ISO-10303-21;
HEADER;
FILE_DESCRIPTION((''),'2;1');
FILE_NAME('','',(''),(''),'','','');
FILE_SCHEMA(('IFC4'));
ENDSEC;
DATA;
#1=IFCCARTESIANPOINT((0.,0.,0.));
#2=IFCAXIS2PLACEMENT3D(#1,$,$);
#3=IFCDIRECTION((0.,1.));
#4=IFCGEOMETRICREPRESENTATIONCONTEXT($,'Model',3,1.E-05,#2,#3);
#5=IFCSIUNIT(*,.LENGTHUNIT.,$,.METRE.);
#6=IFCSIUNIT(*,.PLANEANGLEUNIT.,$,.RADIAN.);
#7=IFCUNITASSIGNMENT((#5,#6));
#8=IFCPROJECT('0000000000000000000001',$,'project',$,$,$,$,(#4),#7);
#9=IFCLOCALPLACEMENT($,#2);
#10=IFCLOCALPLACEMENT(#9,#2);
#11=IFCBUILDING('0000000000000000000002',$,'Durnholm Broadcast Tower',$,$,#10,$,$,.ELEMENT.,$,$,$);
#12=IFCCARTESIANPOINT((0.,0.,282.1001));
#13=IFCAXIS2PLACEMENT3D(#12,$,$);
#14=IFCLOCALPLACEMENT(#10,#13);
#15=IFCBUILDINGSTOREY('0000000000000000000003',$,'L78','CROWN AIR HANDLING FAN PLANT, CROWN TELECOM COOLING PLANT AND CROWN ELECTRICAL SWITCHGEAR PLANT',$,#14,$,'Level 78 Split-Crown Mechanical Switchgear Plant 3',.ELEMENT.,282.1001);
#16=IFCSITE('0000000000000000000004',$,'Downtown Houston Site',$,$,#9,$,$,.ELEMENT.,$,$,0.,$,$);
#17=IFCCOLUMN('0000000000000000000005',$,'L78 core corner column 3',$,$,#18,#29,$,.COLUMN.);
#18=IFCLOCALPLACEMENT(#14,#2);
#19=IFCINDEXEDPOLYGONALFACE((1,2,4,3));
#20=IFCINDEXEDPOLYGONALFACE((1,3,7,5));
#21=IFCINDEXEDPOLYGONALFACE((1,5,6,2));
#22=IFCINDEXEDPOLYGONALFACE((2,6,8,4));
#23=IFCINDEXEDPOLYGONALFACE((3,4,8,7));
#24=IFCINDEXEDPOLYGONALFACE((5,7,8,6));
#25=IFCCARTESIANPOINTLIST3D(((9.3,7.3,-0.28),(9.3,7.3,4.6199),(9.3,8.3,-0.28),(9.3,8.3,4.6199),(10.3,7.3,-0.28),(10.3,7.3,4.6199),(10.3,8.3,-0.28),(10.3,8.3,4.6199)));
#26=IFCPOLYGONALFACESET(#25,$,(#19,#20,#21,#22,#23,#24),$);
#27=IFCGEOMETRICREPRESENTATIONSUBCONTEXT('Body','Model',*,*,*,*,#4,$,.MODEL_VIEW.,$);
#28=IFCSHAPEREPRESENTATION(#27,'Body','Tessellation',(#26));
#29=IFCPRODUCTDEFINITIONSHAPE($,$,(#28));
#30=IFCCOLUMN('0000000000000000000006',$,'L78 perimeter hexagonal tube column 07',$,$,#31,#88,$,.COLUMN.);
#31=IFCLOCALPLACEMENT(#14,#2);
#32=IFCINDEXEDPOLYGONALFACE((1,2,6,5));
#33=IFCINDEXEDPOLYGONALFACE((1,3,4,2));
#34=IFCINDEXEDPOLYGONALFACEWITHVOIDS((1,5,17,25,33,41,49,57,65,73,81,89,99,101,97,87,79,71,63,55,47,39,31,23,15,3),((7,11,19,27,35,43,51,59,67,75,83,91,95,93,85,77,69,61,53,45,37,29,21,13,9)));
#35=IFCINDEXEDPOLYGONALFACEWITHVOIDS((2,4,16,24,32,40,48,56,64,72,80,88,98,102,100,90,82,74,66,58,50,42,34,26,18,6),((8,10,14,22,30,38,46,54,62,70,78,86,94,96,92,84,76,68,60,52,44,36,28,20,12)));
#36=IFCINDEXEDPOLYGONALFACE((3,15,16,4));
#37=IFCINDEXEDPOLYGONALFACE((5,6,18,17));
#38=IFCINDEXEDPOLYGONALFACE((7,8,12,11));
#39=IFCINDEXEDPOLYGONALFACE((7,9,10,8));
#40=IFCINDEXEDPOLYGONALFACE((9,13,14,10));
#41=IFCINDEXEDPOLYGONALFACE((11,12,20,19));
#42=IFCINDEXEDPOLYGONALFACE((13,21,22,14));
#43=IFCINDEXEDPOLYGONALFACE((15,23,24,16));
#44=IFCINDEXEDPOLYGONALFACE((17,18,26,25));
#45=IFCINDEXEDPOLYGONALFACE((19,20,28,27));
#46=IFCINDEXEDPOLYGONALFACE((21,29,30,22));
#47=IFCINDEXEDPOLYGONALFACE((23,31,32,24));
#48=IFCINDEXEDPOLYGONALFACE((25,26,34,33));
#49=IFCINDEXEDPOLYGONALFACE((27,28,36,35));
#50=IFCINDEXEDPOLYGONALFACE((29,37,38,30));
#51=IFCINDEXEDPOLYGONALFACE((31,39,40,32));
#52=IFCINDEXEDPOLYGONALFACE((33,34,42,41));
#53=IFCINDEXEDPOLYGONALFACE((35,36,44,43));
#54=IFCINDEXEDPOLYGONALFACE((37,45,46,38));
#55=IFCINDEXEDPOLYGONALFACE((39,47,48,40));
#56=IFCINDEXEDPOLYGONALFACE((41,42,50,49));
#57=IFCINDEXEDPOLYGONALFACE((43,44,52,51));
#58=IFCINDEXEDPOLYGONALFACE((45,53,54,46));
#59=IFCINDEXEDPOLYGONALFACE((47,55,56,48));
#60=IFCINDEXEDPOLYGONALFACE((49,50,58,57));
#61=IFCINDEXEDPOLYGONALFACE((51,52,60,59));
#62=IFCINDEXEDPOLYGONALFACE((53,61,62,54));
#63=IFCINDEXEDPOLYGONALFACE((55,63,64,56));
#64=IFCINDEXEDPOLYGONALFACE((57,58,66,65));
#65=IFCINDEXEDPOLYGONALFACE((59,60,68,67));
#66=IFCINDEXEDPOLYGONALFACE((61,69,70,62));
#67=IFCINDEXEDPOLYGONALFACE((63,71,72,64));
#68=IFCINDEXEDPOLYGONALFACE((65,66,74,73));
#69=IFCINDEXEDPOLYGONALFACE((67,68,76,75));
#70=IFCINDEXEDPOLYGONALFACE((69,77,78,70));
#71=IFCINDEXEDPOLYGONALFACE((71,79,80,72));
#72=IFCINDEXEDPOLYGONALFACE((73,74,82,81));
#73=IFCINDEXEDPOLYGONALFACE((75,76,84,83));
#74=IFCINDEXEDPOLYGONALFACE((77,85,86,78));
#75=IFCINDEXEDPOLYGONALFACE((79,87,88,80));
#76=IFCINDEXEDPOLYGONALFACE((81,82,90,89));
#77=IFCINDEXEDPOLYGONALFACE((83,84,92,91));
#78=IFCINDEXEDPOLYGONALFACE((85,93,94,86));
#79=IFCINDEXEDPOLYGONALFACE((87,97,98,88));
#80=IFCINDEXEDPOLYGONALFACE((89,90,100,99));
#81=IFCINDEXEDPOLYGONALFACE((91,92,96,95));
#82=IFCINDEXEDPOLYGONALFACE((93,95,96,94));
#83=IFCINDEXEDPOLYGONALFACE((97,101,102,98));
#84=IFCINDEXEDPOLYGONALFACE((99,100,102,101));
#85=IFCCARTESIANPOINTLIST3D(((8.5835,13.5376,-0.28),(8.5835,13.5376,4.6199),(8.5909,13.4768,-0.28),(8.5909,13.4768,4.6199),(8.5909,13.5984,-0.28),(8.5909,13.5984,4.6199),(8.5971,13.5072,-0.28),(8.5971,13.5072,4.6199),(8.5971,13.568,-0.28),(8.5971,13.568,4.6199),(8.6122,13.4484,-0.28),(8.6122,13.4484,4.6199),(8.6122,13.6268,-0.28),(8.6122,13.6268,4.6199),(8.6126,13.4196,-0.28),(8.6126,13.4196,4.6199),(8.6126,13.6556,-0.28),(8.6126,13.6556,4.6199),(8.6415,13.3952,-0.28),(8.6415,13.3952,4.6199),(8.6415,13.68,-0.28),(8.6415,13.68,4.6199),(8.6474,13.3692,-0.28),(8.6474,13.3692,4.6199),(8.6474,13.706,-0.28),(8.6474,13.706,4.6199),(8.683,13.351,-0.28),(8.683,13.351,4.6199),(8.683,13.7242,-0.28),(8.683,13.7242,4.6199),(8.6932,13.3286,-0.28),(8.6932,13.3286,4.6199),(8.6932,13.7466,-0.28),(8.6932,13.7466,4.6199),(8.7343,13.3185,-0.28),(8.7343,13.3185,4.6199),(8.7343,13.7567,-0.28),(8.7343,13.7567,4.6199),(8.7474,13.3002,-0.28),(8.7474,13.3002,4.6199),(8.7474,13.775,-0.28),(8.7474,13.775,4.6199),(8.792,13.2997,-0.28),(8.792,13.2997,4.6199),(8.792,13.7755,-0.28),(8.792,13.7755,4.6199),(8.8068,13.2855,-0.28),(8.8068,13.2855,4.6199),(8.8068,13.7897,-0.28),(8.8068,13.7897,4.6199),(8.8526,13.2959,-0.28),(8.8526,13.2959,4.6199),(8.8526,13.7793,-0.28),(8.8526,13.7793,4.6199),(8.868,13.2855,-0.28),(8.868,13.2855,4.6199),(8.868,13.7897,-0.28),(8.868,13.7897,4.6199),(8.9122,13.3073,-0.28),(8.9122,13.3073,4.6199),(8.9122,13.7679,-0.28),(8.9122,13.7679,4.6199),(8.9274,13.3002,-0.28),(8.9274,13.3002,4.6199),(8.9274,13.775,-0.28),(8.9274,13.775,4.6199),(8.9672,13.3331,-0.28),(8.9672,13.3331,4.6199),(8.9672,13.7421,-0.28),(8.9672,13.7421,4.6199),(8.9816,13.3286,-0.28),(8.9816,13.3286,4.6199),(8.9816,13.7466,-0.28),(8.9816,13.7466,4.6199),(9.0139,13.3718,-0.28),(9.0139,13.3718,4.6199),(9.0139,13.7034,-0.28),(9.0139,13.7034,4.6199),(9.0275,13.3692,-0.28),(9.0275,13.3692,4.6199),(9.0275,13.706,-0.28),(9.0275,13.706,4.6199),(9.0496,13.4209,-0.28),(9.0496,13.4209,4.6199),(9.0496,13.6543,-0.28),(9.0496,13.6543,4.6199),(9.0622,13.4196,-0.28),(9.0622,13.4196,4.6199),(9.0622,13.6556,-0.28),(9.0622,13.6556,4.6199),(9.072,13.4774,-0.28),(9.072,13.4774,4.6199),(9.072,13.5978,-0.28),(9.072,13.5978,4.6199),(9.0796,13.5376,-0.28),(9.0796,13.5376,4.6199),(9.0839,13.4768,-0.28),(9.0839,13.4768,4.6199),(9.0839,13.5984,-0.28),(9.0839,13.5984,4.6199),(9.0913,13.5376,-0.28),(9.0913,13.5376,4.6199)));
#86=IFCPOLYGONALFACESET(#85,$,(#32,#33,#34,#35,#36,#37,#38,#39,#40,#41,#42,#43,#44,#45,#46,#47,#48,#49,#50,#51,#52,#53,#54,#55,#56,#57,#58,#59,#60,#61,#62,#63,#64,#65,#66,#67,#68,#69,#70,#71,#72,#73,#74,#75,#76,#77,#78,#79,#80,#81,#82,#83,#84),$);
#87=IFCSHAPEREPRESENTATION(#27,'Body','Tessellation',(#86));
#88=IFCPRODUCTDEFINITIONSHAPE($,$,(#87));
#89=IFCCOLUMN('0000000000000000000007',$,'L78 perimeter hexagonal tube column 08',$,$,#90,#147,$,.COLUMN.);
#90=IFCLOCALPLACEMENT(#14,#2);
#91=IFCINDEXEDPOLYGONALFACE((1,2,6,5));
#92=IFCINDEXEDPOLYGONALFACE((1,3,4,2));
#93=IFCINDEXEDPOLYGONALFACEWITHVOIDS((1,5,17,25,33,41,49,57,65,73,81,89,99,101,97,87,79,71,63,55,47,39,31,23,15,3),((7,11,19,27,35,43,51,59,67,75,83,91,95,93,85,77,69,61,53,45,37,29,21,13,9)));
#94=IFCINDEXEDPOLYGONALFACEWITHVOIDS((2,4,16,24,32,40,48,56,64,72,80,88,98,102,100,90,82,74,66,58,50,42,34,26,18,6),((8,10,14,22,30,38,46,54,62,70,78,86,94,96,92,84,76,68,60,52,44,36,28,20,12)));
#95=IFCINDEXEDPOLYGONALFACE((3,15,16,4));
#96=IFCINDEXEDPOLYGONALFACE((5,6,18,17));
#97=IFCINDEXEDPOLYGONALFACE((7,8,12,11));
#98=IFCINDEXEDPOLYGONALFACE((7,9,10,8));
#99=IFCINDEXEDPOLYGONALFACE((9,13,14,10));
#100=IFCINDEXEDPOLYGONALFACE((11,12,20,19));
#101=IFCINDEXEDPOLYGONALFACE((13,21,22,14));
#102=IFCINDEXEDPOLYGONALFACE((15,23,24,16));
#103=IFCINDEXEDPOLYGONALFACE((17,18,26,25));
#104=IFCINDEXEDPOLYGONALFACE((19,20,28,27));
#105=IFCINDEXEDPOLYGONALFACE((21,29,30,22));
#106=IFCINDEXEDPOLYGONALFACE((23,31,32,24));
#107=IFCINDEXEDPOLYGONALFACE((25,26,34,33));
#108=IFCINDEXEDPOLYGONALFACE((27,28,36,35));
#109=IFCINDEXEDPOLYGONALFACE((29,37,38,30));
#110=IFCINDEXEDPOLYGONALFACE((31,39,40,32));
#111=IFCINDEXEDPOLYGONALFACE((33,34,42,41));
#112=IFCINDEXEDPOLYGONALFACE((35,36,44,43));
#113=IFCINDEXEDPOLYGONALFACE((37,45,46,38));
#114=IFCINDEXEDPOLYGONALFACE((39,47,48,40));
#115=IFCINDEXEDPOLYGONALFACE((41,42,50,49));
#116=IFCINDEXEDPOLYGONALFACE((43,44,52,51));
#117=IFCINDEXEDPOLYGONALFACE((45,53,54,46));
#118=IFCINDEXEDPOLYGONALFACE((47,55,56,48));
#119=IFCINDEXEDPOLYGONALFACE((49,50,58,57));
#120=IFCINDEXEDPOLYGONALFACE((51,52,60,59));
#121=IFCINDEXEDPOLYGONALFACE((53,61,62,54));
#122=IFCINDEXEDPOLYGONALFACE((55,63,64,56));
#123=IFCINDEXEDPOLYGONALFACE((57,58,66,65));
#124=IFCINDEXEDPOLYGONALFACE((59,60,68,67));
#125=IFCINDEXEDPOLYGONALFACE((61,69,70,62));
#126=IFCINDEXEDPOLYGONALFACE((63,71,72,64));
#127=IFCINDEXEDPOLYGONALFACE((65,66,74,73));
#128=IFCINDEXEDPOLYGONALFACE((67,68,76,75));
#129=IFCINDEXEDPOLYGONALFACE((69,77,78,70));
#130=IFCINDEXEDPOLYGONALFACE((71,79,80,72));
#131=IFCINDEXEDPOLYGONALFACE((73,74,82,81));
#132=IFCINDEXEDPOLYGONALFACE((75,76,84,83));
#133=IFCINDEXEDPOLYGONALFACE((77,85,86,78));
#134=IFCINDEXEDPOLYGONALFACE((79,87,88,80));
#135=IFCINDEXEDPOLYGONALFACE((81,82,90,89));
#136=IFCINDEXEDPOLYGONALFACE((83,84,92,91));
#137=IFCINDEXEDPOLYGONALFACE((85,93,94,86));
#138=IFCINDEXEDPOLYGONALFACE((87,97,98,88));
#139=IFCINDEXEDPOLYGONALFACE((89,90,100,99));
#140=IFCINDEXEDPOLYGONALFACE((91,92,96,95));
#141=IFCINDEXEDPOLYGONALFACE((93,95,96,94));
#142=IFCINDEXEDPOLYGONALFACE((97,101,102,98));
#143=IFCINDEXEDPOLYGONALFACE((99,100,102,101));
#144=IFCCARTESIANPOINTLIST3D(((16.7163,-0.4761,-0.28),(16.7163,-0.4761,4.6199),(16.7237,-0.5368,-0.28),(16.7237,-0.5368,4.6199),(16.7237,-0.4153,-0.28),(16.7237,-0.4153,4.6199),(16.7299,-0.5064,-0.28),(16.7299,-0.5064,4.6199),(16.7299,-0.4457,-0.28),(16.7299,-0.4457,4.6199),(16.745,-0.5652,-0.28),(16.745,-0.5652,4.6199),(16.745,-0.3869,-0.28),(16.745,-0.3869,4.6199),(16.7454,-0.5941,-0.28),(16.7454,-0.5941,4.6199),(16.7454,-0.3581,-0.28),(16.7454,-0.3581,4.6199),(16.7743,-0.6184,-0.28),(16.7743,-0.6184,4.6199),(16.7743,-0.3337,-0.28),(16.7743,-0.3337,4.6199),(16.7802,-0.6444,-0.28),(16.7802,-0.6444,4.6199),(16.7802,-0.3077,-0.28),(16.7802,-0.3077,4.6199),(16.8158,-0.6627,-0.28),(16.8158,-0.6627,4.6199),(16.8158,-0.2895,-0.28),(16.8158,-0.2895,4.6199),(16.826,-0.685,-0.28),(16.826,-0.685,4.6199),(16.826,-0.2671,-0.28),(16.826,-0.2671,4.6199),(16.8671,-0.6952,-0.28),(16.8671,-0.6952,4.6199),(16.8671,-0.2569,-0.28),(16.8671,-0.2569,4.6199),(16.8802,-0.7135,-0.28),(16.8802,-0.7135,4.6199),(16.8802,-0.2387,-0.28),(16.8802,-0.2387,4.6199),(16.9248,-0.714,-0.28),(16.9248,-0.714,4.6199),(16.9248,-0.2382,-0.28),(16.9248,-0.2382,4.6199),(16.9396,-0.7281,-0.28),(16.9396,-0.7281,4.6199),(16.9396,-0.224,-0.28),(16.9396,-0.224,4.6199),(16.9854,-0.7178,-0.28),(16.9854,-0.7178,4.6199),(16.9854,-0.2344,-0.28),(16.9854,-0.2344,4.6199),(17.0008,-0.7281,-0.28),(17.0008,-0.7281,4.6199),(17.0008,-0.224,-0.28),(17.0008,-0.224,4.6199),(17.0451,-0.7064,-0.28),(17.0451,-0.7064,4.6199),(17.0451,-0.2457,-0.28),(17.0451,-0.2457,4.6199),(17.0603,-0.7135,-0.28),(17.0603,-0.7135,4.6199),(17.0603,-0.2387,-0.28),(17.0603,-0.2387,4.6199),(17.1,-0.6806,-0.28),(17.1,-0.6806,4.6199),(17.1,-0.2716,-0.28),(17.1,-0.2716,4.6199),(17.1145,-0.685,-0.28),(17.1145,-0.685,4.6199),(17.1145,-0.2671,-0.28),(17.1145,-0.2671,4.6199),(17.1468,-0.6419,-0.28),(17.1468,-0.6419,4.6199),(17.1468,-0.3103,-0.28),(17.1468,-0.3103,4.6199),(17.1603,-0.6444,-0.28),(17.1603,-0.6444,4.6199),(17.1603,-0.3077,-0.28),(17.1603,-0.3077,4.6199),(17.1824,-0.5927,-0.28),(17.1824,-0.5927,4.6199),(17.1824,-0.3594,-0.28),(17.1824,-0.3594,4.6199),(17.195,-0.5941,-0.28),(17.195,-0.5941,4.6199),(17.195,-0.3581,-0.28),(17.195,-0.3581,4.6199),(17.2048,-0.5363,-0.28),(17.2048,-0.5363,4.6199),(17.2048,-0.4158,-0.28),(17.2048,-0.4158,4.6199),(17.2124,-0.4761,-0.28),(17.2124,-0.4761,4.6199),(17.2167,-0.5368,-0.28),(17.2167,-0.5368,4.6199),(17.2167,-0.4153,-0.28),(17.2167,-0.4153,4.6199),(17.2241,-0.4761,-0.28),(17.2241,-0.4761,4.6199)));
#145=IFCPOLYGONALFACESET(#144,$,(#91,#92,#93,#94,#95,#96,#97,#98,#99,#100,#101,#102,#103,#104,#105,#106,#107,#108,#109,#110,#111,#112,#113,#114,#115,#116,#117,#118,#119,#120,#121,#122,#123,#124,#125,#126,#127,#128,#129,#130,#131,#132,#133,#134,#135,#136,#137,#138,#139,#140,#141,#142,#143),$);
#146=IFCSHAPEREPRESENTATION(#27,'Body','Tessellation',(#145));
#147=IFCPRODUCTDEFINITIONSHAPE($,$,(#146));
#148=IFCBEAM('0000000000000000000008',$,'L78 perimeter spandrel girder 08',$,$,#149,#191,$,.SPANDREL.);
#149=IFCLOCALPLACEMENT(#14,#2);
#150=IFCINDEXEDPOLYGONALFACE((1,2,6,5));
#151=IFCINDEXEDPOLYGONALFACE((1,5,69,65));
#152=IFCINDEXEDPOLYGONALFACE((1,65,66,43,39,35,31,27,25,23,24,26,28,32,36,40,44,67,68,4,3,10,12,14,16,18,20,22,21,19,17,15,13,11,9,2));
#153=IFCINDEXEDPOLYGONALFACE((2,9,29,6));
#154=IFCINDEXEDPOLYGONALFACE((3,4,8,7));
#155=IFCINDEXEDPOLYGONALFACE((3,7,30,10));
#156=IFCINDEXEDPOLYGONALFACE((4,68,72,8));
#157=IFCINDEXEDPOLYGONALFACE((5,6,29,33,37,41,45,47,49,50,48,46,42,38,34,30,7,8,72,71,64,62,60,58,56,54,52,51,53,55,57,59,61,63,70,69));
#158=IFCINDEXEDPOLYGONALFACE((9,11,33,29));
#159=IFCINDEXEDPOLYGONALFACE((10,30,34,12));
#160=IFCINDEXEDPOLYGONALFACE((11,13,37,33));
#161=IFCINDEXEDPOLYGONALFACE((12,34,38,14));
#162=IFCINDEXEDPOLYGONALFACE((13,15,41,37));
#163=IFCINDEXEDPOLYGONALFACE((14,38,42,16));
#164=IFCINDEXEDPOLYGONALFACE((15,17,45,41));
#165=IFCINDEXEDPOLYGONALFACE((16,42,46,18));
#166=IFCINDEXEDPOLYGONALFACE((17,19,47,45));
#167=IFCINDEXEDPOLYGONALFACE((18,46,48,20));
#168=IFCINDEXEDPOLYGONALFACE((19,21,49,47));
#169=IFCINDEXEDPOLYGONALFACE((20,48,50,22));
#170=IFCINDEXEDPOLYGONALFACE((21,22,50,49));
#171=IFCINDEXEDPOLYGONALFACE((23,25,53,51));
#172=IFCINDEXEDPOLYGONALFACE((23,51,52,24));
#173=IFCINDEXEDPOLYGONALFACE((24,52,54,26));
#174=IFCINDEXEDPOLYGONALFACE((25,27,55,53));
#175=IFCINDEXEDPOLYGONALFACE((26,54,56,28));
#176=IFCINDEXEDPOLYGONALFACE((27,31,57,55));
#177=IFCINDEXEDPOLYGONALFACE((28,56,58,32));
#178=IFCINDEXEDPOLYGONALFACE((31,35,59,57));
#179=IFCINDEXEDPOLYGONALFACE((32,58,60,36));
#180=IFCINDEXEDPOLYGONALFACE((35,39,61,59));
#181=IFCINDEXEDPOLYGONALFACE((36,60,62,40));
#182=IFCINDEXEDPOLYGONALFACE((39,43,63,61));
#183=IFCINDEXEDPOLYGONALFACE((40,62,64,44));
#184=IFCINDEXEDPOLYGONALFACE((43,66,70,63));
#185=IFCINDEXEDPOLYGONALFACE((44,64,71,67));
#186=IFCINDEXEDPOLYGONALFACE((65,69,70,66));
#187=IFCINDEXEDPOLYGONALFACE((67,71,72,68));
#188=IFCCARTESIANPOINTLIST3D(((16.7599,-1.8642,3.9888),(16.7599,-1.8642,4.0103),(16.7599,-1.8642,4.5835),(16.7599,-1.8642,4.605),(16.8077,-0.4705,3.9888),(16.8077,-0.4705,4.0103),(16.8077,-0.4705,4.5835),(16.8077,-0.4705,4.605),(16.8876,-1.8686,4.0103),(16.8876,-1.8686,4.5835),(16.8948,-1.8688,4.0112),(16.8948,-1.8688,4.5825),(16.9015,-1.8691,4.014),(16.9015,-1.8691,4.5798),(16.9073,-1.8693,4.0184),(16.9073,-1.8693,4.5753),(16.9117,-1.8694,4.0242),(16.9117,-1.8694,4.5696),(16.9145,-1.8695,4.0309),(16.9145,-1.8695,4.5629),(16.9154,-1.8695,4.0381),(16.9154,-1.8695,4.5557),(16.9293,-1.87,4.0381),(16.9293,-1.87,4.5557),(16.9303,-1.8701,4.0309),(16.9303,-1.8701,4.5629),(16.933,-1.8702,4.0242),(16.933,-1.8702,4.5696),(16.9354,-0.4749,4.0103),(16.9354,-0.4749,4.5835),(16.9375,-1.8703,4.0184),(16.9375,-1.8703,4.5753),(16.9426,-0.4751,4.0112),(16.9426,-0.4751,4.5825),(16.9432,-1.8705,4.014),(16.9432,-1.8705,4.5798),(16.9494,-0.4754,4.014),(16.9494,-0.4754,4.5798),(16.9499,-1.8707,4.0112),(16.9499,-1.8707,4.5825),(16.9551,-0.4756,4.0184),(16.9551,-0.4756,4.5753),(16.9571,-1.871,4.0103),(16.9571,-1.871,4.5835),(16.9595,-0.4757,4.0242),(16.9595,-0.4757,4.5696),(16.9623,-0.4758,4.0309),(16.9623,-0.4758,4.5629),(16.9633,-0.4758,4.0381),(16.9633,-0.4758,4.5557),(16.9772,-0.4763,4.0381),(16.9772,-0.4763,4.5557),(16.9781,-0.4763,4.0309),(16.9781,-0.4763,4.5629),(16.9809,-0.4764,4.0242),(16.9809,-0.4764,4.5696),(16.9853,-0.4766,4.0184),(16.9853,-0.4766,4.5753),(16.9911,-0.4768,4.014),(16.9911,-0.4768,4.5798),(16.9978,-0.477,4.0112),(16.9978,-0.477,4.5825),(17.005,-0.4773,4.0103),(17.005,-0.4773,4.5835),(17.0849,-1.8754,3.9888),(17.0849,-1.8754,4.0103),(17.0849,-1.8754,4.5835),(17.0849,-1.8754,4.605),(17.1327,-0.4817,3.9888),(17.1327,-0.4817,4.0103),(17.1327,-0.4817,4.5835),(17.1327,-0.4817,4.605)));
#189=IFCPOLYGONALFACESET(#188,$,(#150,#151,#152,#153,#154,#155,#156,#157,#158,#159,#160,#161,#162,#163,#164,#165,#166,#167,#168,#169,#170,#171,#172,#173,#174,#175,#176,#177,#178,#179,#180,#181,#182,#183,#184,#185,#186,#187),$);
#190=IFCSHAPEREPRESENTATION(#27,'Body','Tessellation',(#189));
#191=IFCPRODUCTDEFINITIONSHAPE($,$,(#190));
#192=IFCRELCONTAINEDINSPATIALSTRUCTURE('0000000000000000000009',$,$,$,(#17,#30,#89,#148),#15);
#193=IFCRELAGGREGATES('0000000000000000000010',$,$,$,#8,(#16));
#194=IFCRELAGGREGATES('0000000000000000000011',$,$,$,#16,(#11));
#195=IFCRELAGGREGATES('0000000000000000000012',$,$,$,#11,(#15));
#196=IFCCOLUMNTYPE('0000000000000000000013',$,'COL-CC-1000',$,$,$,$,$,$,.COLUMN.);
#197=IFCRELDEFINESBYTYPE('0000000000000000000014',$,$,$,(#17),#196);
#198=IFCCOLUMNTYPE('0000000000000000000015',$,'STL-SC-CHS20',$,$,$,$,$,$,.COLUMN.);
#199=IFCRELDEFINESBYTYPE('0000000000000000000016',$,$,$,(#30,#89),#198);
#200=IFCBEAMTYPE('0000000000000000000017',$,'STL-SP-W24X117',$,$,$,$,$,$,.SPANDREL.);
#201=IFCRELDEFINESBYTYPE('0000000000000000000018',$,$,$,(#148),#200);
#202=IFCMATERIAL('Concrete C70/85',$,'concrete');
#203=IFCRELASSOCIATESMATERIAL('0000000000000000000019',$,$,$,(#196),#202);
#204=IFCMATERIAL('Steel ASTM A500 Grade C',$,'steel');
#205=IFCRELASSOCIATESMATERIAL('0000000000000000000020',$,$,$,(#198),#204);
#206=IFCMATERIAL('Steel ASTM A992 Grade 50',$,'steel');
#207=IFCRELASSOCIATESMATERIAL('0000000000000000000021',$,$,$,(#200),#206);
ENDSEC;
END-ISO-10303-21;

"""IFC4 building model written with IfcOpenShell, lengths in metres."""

from ifc_helpers import new_model, si_unit, direction, frame, origin, origin_2d, place, context, subcontext, project, spatial, rectangle, hollow_circle, i_section, extrude, source, transform, mapped, material, material_profile, profile_set, type_object, type_shapes, element, save


model = new_model("IFC4")

# Units and contexts
model_context = context("Model", 3, precision=1e-05, world=origin(), true_north=direction((0.0, 1.0)))
body_context = subcontext(model_context, "Body", "Model", "MODEL_VIEW")
ifc_project = project(units=[si_unit("LENGTHUNIT", "METRE"), si_unit("PLANEANGLEUNIT", "RADIAN")], contexts=[model_context])

# Site, building, storey
site_placement = place(None, origin())
site = spatial("IfcSite", under=ifc_project, at=site_placement, Name="Downtown Houston Site", CompositionType="ELEMENT", RefElevation=0.0)
building_placement = place(site_placement, origin())
building = spatial("IfcBuilding", under=site, at=building_placement, Name="Durnholm Broadcast Tower", CompositionType="ELEMENT")
storey_placement = place(building_placement, frame((0.0, 0.0, 282.1001)))
storey = spatial("IfcBuildingStorey", under=building, at=storey_placement, Name="L78", Description="CROWN AIR HANDLING FAN PLANT, CROWN TELECOM COOLING PLANT AND CROWN ELECTRICAL SWITCHGEAR PLANT", LongName="Level 78 Split-Crown Mechanical Switchgear Plant 3", CompositionType="ELEMENT", Elevation=282.1001)

# Columns
ifc_material_1 = material(Name="Concrete C70/85", Category="concrete")
ifc_material_profile_1 = material_profile(ifc_material_1, rectangle(XDim=1.0, YDim=1.0, at=origin_2d()), Name="RC1000X1000")
ifc_profile_set_1 = profile_set([ifc_material_profile_1], Name="Concrete C70/85")
column_type_1 = type_object("IfcColumnType", Name="COL-CC-1000", PredefinedType="COLUMN", material=ifc_profile_set_1)
shared_shape_1 = source(origin(), body_context, "Body", "SweptSolid", [
    extrude(rectangle(XDim=1.0, YDim=1.0, at=origin_2d()), origin(), (0.0, 0.0, 1.0), 4.8999),
])
type_shapes(column_type_1, [shared_shape_1])
column_placement = place(storey_placement, frame((9.8, 7.8, -0.28), z_axis=(0.0, 0.0, 1.0), x_axis=(1.0, 0.0, 0.0)))
element("IfcColumn", 1, at=column_placement, inside=storey, type_object=column_type_1, Name="L78 core corner column 3", PredefinedType="COLUMN", context=body_context, shape_type="MappedRepresentation", body=[
    mapped(shared_shape_1, transform((0.0, 0.0, 0.0), x_axis=(1.0, 0.0, 0.0), y_axis=(0.0, 1.0, 0.0), z_axis=(0.0, 0.0, 1.0), scale=1.0)),
])
ifc_material_2 = material(Name="Steel ASTM A500 Grade C", Category="steel")
ifc_material_profile_2 = material_profile(ifc_material_2, hollow_circle(Radius=0.2539, WallThickness=0.0117, at=origin_2d()), Name="HSS20.000X0.500")
ifc_profile_set_2 = profile_set([ifc_material_profile_2], Name="Steel ASTM A500 Grade C")
column_type_2 = type_object("IfcColumnType", Name="STL-SC-CHS20", PredefinedType="COLUMN", material=ifc_profile_set_2)
shared_shape_2 = source(origin(), body_context, "Body", "SweptSolid", [
    extrude(hollow_circle(Radius=0.2539, WallThickness=0.0117, at=origin_2d()), origin(), (0.0, 0.0, 1.0), 4.8999),
])
type_shapes(column_type_2, [shared_shape_2])
for number, where, z_axis, x_axis, name in (
    (2, (8.8374, 13.5376, -0.28), (0.0, 0.0, 1.0), (1.0, 0.0, 0.0), "L78 perimeter hexagonal tube column 07"),
    (3, (16.9702, -0.4761, -0.28), (0.0, 0.0, 1.0), (1.0, 0.0, 0.0), "L78 perimeter hexagonal tube column 08"),
):
    element("IfcColumn", number, at=place(storey_placement, frame(where, z_axis=z_axis, x_axis=x_axis)), inside=storey, type_object=column_type_2, Name=name, PredefinedType="COLUMN", context=body_context, shape_type="MappedRepresentation", body=[
        mapped(shared_shape_2, transform((0.0, 0.0, 0.0), x_axis=(1.0, 0.0, 0.0), y_axis=(0.0, 1.0, 0.0), z_axis=(0.0, 0.0, 1.0), scale=1.0)),
    ])

# Beam
ifc_material_3 = material(Name="Steel ASTM A992 Grade 50", Category="steel")
ifc_material_profile_3 = material_profile(ifc_material_3, i_section(OverallWidth=0.3252, OverallDepth=0.6162, WebThickness=0.0139, FlangeThickness=0.0215, FilletRadius=0.0278, at=origin_2d()), Name="W24X117")
ifc_profile_set_3 = profile_set([ifc_material_profile_3], Name="Steel ASTM A992 Grade 50")
beam_type_1 = type_object("IfcBeamType", Name="STL-SP-W24X117", PredefinedType="SPANDREL", material=ifc_profile_set_3)
shared_shape_3 = source(origin(), body_context, "Body", "SweptSolid", [
    extrude(i_section(OverallWidth=0.3252, OverallDepth=0.6162, WebThickness=0.0139, FlangeThickness=0.0215, FilletRadius=0.0278, at=origin_2d()), origin(), (0.0, 0.0, 1.0), 1.3945),
])
beam_1_placement = place(storey_placement, frame((16.9702, -0.4761, 4.2969), z_axis=(-0.034312, -0.999411, 0.0), x_axis=(0.999411, -0.034312, 0.0)))
element("IfcBeam", 4, at=beam_1_placement, inside=storey, type_object=beam_type_1, Name="L78 perimeter spandrel girder 08", PredefinedType="SPANDREL", context=body_context, shape_type="MappedRepresentation", body=[
    mapped(shared_shape_3, transform((0.0, 0.0, 0.0), x_axis=(1.0, 0.0, 0.0), y_axis=(0.0, 1.0, 0.0), z_axis=(0.0, 0.0, 1.0), scale=1.0)),
])

save(model, "model.ifc")
